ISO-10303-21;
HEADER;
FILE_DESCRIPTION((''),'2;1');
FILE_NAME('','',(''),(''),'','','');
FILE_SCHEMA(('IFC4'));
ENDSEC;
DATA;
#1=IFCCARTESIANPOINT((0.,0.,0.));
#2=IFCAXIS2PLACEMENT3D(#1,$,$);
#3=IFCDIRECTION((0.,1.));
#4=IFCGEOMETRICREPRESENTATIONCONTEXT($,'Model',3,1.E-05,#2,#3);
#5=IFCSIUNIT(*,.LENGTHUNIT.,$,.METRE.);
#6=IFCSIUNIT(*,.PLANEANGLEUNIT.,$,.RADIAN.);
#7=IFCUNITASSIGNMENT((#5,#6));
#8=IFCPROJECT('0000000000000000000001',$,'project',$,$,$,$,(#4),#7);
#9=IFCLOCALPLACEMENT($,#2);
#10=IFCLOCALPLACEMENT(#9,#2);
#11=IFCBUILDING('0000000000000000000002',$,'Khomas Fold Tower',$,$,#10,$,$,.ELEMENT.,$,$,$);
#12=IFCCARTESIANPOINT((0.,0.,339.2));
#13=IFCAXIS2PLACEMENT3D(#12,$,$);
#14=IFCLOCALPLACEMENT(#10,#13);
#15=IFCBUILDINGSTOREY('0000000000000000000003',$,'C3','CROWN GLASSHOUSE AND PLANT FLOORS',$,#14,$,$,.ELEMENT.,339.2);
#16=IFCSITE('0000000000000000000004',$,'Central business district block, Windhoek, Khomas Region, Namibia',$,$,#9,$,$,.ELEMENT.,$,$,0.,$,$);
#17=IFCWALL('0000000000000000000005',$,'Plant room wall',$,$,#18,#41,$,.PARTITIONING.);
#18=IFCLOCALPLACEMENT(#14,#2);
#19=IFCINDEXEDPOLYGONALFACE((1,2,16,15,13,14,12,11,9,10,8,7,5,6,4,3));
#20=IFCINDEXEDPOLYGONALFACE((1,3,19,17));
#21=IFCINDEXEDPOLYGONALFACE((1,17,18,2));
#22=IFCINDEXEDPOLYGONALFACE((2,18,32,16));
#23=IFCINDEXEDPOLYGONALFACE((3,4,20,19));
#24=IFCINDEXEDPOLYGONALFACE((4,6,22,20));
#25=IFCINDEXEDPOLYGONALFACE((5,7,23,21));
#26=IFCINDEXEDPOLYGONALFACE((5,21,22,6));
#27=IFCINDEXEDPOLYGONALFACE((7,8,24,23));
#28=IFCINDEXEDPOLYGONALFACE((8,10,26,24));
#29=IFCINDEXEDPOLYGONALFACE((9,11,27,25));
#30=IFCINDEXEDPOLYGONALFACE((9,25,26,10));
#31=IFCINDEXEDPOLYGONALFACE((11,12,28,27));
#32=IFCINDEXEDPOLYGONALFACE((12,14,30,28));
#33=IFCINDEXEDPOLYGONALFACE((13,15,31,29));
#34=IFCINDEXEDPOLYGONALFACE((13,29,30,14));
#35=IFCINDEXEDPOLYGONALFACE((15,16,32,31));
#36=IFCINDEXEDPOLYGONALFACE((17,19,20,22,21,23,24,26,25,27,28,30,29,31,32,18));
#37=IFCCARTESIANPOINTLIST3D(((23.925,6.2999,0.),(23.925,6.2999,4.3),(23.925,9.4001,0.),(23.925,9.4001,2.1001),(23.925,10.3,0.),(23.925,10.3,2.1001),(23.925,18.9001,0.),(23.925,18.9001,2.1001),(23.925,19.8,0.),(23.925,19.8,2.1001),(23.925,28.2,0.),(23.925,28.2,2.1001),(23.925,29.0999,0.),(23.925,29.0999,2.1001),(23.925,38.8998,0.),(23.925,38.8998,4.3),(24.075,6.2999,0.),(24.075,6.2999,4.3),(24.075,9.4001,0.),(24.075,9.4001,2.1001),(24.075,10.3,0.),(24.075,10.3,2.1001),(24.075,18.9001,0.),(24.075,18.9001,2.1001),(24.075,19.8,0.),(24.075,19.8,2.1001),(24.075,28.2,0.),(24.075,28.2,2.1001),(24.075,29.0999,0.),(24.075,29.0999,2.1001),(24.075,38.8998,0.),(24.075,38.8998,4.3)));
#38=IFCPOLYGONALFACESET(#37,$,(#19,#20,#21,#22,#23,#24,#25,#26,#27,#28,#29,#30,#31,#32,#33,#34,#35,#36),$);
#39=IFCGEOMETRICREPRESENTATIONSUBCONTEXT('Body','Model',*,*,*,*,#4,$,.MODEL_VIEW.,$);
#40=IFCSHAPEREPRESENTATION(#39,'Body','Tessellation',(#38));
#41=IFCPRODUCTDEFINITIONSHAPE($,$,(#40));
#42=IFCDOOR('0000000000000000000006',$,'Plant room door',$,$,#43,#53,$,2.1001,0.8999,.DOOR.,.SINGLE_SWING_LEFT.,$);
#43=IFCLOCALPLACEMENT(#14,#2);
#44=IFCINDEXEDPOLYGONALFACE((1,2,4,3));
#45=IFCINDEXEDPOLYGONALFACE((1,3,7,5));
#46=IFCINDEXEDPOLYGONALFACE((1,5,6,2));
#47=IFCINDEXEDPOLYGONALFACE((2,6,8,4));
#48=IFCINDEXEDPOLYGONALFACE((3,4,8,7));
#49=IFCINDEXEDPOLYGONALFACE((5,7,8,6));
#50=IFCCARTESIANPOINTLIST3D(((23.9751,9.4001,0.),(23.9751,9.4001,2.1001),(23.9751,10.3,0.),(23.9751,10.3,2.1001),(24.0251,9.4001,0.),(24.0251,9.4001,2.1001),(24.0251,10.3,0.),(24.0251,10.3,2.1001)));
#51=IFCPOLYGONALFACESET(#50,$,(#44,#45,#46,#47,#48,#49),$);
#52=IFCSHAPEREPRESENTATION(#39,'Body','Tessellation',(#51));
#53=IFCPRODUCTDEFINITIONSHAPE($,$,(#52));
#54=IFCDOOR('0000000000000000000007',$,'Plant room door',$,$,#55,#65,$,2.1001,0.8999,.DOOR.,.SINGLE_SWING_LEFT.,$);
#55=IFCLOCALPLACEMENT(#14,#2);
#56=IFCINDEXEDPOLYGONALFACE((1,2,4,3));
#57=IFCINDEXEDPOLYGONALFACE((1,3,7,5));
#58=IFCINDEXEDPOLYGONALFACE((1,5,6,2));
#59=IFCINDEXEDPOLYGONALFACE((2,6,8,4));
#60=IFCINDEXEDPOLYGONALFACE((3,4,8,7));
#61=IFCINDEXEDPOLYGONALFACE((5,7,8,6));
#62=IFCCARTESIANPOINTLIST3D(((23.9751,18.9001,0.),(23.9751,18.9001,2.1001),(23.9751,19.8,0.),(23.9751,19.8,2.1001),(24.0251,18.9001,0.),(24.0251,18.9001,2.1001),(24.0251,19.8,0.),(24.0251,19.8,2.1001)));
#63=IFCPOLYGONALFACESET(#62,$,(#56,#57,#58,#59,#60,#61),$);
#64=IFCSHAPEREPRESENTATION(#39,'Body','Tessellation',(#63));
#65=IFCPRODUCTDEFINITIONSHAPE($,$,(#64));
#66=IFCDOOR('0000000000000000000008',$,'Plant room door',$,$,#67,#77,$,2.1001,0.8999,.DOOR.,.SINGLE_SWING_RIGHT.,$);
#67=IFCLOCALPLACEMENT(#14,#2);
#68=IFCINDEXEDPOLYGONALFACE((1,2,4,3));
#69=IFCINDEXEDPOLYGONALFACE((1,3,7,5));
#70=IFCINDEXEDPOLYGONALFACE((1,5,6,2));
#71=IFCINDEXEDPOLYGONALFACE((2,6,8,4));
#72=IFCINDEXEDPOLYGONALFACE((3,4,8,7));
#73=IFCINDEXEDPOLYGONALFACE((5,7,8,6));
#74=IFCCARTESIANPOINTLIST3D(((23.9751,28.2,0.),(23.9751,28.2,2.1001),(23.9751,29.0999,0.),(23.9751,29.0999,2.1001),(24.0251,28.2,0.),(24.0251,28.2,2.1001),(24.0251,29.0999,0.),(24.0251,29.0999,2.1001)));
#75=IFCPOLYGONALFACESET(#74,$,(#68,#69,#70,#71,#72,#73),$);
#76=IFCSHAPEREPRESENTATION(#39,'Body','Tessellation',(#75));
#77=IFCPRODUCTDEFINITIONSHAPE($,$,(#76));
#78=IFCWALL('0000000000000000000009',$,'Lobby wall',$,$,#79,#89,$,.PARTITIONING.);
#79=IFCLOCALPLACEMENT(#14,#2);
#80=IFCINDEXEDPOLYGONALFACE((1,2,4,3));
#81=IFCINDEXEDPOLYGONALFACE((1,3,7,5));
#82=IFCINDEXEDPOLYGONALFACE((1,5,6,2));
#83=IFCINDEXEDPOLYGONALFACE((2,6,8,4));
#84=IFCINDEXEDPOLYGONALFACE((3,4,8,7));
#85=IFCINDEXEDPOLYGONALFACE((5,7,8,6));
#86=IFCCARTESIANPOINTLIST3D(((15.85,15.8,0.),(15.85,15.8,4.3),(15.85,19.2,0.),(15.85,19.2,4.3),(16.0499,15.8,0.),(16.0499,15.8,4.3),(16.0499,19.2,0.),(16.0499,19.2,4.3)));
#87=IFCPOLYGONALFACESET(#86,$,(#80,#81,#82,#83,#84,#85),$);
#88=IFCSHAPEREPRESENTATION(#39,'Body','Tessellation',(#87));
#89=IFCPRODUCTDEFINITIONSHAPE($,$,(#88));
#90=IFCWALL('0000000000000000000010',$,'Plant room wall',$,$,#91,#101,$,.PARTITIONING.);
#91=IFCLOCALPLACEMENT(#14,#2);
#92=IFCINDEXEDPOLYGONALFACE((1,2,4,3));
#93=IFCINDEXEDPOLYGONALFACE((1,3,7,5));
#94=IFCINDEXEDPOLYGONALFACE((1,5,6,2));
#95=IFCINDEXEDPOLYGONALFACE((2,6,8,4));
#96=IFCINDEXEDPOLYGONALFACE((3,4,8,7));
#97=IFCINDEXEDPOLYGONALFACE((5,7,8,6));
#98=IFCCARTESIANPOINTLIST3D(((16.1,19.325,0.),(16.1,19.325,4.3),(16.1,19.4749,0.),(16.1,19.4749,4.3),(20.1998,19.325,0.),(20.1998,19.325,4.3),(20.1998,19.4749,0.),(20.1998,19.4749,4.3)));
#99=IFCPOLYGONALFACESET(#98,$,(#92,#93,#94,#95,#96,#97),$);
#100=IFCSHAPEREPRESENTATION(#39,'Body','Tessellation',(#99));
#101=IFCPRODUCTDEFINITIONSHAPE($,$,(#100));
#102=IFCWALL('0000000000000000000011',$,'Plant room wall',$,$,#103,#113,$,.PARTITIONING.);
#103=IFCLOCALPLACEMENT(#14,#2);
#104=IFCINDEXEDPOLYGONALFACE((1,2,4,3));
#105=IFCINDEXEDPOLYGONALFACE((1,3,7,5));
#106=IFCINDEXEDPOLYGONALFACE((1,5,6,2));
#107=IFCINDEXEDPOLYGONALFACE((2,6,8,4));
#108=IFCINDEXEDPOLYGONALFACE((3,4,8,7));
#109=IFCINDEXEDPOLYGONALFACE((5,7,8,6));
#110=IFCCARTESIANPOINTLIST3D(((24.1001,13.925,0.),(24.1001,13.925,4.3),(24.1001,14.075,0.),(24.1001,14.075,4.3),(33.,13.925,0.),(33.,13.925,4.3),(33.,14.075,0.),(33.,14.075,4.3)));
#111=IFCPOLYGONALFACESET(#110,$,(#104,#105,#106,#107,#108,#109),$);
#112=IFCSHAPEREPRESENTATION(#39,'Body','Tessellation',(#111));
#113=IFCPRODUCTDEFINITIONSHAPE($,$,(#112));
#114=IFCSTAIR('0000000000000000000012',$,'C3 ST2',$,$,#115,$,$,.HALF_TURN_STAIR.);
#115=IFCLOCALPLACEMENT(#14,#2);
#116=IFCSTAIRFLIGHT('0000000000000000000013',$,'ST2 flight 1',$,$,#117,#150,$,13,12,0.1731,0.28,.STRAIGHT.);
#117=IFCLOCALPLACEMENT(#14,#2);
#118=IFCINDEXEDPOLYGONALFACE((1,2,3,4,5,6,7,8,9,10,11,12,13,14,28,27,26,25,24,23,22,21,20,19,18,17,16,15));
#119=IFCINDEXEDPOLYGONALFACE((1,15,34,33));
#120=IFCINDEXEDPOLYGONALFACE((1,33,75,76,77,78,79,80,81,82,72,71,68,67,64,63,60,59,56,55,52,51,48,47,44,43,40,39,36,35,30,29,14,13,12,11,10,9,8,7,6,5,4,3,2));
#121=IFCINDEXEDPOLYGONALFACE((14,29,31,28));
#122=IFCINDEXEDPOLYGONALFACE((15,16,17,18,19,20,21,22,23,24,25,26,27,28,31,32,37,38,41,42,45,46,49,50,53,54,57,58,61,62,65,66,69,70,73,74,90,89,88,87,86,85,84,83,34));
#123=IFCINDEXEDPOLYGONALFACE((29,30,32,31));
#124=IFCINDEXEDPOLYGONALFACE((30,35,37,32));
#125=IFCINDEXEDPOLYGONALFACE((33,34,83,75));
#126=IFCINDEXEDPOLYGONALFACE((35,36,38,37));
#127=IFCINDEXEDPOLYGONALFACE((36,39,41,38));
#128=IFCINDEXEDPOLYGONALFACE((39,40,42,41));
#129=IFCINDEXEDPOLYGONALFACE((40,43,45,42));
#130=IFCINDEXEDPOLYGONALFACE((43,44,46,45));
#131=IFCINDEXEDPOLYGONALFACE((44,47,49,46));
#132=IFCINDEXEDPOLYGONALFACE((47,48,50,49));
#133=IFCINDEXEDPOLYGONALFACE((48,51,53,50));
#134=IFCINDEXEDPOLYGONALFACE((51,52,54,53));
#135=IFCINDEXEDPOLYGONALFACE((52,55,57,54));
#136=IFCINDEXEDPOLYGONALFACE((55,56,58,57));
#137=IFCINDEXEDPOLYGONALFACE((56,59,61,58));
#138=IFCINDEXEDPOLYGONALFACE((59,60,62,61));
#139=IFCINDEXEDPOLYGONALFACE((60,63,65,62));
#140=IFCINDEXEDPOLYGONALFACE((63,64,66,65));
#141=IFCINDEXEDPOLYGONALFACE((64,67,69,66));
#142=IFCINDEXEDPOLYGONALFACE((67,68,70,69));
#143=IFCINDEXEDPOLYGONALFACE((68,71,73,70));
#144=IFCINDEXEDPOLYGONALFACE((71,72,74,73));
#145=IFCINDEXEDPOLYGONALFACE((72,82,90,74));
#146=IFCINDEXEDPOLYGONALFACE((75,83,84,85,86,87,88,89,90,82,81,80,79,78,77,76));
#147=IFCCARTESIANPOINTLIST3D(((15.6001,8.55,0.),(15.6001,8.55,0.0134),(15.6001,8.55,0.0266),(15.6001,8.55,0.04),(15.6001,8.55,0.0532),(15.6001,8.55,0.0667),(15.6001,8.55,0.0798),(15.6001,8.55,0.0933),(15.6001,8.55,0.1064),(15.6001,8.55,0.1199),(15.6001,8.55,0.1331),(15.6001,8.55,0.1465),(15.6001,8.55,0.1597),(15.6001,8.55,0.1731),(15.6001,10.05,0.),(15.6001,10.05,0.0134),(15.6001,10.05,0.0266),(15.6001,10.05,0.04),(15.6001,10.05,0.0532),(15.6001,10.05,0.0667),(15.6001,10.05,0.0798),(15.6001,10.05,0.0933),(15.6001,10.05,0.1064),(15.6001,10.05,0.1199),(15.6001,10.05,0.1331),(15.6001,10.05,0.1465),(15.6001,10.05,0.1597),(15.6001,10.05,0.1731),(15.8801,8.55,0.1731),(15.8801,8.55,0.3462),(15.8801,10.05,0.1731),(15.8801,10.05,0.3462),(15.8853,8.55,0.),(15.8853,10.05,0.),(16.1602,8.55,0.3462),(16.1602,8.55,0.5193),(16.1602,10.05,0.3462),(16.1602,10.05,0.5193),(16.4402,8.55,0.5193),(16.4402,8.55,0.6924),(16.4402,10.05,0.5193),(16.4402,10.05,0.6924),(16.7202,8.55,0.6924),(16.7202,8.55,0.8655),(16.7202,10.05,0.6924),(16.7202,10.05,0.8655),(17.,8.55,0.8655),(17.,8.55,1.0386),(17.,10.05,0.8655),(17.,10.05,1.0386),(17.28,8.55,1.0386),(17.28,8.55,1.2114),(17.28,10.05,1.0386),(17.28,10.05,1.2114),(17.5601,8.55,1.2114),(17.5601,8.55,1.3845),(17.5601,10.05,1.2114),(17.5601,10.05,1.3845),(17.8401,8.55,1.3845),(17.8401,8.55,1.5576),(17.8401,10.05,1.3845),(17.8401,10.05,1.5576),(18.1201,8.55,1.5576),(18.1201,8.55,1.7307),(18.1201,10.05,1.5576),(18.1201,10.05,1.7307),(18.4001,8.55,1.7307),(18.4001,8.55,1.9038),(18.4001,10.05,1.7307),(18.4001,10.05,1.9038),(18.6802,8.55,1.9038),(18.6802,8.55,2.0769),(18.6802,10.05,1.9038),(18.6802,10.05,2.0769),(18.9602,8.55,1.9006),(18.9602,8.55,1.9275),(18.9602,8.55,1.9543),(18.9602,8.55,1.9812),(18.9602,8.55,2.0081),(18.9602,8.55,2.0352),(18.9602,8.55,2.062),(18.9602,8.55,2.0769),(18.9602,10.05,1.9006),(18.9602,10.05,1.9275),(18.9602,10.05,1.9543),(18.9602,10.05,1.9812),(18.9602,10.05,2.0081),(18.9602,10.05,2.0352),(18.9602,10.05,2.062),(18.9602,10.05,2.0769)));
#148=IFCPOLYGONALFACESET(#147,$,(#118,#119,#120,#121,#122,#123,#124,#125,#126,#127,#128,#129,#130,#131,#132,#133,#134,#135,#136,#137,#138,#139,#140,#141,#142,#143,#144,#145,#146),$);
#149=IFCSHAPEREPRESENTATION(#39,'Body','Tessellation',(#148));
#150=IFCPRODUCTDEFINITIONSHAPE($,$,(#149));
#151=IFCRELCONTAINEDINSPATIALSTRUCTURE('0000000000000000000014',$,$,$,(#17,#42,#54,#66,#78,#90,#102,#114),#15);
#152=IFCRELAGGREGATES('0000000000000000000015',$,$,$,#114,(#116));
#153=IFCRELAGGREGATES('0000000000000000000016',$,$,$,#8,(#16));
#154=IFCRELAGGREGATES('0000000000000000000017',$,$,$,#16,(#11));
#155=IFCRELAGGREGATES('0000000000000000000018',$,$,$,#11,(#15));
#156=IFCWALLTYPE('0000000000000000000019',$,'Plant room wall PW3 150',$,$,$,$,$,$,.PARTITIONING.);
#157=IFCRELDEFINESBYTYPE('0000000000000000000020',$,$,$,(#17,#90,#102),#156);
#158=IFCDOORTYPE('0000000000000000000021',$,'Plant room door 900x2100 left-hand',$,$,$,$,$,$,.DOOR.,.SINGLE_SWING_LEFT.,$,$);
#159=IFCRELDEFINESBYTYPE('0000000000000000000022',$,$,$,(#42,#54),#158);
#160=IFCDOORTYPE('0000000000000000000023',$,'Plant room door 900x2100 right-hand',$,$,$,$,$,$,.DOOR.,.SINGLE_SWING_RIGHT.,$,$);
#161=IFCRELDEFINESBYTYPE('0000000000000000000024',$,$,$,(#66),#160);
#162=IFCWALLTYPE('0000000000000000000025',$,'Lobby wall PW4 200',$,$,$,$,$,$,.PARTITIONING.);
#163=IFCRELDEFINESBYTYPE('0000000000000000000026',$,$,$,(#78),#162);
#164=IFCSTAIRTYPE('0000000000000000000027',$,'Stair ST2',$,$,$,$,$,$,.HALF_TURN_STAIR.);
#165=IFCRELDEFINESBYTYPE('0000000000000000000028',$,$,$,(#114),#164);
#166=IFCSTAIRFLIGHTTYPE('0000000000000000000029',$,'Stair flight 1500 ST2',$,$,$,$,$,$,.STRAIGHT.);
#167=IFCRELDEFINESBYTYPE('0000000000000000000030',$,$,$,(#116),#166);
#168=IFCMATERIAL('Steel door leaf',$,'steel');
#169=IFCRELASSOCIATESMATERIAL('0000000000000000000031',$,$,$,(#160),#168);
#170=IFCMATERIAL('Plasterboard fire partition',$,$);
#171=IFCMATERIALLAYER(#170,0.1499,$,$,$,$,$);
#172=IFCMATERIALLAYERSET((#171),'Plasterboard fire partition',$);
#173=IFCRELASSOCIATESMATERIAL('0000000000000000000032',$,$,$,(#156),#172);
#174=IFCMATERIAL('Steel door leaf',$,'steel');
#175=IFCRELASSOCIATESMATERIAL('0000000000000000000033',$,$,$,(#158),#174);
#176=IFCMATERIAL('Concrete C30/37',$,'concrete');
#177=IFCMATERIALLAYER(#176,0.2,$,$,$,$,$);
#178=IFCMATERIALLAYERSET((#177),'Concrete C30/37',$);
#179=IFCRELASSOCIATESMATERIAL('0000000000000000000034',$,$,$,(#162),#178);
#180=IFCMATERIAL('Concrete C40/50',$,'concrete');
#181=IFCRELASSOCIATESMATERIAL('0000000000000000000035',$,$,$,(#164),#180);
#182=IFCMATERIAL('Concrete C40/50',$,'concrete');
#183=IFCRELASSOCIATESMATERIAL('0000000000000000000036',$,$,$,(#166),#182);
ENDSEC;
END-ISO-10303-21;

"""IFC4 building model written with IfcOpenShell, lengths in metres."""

from ifc_helpers import new_model, si_unit, direction, frame, frame_2d, origin, place, context, subcontext, project, spatial, polyline, rectangle, outline, extrude, source, transform, mapped, material, layer, layer_set, type_object, element, fill, aggregate, save


model = new_model("IFC4")

# Units and contexts
model_context = context("Model", 3, precision=1e-05, world=origin(), true_north=direction((0.0, 1.0)))
body_context = subcontext(model_context, "Body", "Model", "MODEL_VIEW")
ifc_project = project(units=[si_unit("LENGTHUNIT", "METRE"), si_unit("PLANEANGLEUNIT", "RADIAN")], contexts=[model_context])

# Site, building, storey
site_placement = place(None, origin())
site = spatial("IfcSite", under=ifc_project, at=site_placement, Name="Central business district block, Windhoek, Khomas Region, Namibia", CompositionType="ELEMENT", RefElevation=0.0)
building_placement = place(site_placement, origin())
building = spatial("IfcBuilding", under=site, at=building_placement, Name="Khomas Fold Tower", CompositionType="ELEMENT")
storey_placement = place(building_placement, frame((0.0, 0.0, 339.2)))
storey = spatial("IfcBuildingStorey", under=building, at=storey_placement, Name="C3", Description="CROWN GLASSHOUSE AND PLANT FLOORS", CompositionType="ELEMENT", Elevation=339.2)

# Shared definitions
ifc_material_1 = material(Name="Steel door leaf", Category="steel")
door_type_1 = type_object("IfcDoorType", Name="Plant room door 900x2100 right-hand", OperationType="SINGLE_SWING_RIGHT", PredefinedType="DOOR", material=ifc_material_1)

# Wall, openings, doors
ifc_material_2 = material(Name="Plasterboard fire partition")
ifc_layer_1 = layer(ifc_material_2, 0.1499)
ifc_layer_set_1 = layer_set([ifc_layer_1], Name="Plasterboard fire partition")
wall_type_1 = type_object("IfcWallType", Name="Plant room wall PW3 150", PredefinedType="PARTITIONING", material=ifc_layer_set_1)
shared_shape_1 = source(origin(), body_context, "Body", "SweptSolid", [
    extrude(rectangle(XDim=32.5999, YDim=0.1499, at=frame_2d((16.2998, 0.0))), origin(), (0.0, 0.0, 1.0), 4.3),
])
wall_1_placement = place(storey_placement, frame((24.0, 6.3, 0.0), z_axis=(0.0, 0.0, 1.0), x_axis=(0.0, 1.0, 0.0)))
wall_1 = element("IfcWall", 1, at=wall_1_placement, inside=storey, type_object=wall_type_1, Name="Plant room wall", PredefinedType="PARTITIONING", context=body_context, shape_type="MappedRepresentation", body=[
    mapped(shared_shape_1, transform((0.0, 0.0, 0.0))),
])
shared_shape_2 = source(origin(), body_context, "Body", "SweptSolid", [
    extrude(rectangle(XDim=0.8999, YDim=2.1001, at=frame_2d((0.45, 1.05))), frame((0.0, 0.085, 0.0), z_axis=(0.0, -1.0, 0.0), x_axis=(1.0, 0.0, 0.0)), (0.0, 0.0, 1.0), 0.1699),
])
opening_1_placement = place(wall_1_placement, frame((3.1001, 0.0, 0.0)))
opening_1 = element("IfcOpeningElement", 2, at=opening_1_placement, cuts=wall_1, PredefinedType="OPENING", context=body_context, shape_type="MappedRepresentation", body=[
    mapped(shared_shape_2, transform((0.0, 0.0, 0.0))),
])
opening_2_placement = place(wall_1_placement, frame((12.6001, 0.0, 0.0)))
opening_2 = element("IfcOpeningElement", 3, at=opening_2_placement, cuts=wall_1, PredefinedType="OPENING", context=body_context, shape_type="MappedRepresentation", body=[
    mapped(shared_shape_2, transform((0.0, 0.0, 0.0))),
])
opening_3_placement = place(wall_1_placement, frame((21.8999, 0.0, 0.0)))
opening_3 = element("IfcOpeningElement", 4, at=opening_3_placement, cuts=wall_1, PredefinedType="OPENING", context=body_context, shape_type="MappedRepresentation", body=[
    mapped(shared_shape_2, transform((0.0, 0.0, 0.0))),
])
ifc_material_3 = material(Name="Steel door leaf", Category="steel")
door_type_2 = type_object("IfcDoorType", Name="Plant room door 900x2100 left-hand", OperationType="SINGLE_SWING_LEFT", PredefinedType="DOOR", material=ifc_material_3)
shared_shape_3 = source(origin(), body_context, "Body", "SweptSolid", [
    extrude(rectangle(XDim=0.8999, YDim=2.1001, at=frame_2d((0.45, 1.05))), frame((0.0, 0.0249, 0.0), z_axis=(0.0, -1.0, 0.0), x_axis=(1.0, 0.0, 0.0)), (0.0, 0.0, 1.0), 0.05),
])
door_1_placement = place(opening_1_placement, origin())
door_1 = element("IfcDoor", 5, at=door_1_placement, inside=storey, type_object=door_type_2, Name="Plant room door", OperationType="SINGLE_SWING_LEFT", OverallHeight=2.1001, OverallWidth=0.8999, PredefinedType="DOOR", context=body_context, shape_type="MappedRepresentation", body=[
    mapped(shared_shape_3, transform((0.0, 0.0, 0.0))),
])
fill(opening_1, door_1)
door_2_placement = place(opening_2_placement, origin())
door_2 = element("IfcDoor", 6, at=door_2_placement, inside=storey, type_object=door_type_2, Name="Plant room door", OperationType="SINGLE_SWING_LEFT", OverallHeight=2.1001, OverallWidth=0.8999, PredefinedType="DOOR", context=body_context, shape_type="MappedRepresentation", body=[
    mapped(shared_shape_3, transform((0.0, 0.0, 0.0))),
])
fill(opening_2, door_2)
door_3_placement = place(opening_3_placement, origin())
door_3 = element("IfcDoor", 7, at=door_3_placement, inside=storey, type_object=door_type_1, Name="Plant room door", OperationType="SINGLE_SWING_RIGHT", OverallHeight=2.1001, OverallWidth=0.8999, PredefinedType="DOOR", context=body_context, shape_type="MappedRepresentation", body=[
    mapped(shared_shape_3, transform((0.0, 0.0, 0.0))),
])
fill(opening_3, door_3)

# Walls
ifc_material_4 = material(Name="Concrete C30/37", Category="concrete")
ifc_layer_2 = layer(ifc_material_4, 0.2)
ifc_layer_set_2 = layer_set([ifc_layer_2], Name="Concrete C30/37")
wall_type_2 = type_object("IfcWallType", Name="Lobby wall PW4 200", PredefinedType="PARTITIONING", material=ifc_layer_set_2)
shared_shape_4 = source(origin(), body_context, "Body", "SweptSolid", [
    extrude(rectangle(XDim=3.3999, YDim=0.2, at=frame_2d((1.7, 0.0))), origin(), (0.0, 0.0, 1.0), 4.3),
])
wall_2_placement = place(storey_placement, frame((15.95, 15.8, 0.0), z_axis=(0.0, 0.0, 1.0), x_axis=(0.0, 1.0, 0.0)))
element("IfcWall", 8, at=wall_2_placement, inside=storey, type_object=wall_type_2, Name="Lobby wall", PredefinedType="PARTITIONING", context=body_context, shape_type="MappedRepresentation", body=[
    mapped(shared_shape_4, transform((0.0, 0.0, 0.0))),
])
shared_shape_5 = source(origin(), body_context, "Body", "SweptSolid", [
    extrude(rectangle(XDim=4.0999, YDim=0.1499, at=frame_2d((2.0498, 0.0))), origin(), (0.0, 0.0, 1.0), 4.3),
])
wall_3_placement = place(storey_placement, frame((16.1001, 19.3999, 0.0), z_axis=(0.0, 0.0, 1.0), x_axis=(1.0, 0.0, 0.0)))
element("IfcWall", 9, at=wall_3_placement, inside=storey, type_object=wall_type_1, Name="Plant room wall", PredefinedType="PARTITIONING", context=body_context, shape_type="MappedRepresentation", body=[
    mapped(shared_shape_5, transform((0.0, 0.0, 0.0))),
])
shared_shape_6 = source(origin(), body_context, "Body", "SweptSolid", [
    extrude(rectangle(XDim=8.8999, YDim=0.1499, at=frame_2d((4.45, 0.0))), origin(), (0.0, 0.0, 1.0), 4.3),
])
wall_4_placement = place(storey_placement, frame((24.1001, 14.0, 0.0), z_axis=(0.0, 0.0, 1.0), x_axis=(1.0, 0.0, 0.0)))
element("IfcWall", 10, at=wall_4_placement, inside=storey, type_object=wall_type_1, Name="Plant room wall", PredefinedType="PARTITIONING", context=body_context, shape_type="MappedRepresentation", body=[
    mapped(shared_shape_6, transform((0.0, 0.0, 0.0))),
])

# Stair, stair flight
ifc_material_5 = material(Name="Concrete C40/50", Category="concrete")
stair_type = type_object("IfcStairType", Name="Stair ST2", PredefinedType="HALF_TURN_STAIR", material=ifc_material_5)
stair_placement = place(storey_placement, origin())
stair = element("IfcStair", 11, at=stair_placement, inside=storey, type_object=stair_type, Name="C3 ST2", PredefinedType="HALF_TURN_STAIR")
ifc_material_6 = material(Name="Concrete C40/50", Category="concrete")
stair_flight_type = type_object("IfcStairFlightType", Name="Stair flight 1500 ST2", PredefinedType="STRAIGHT", material=ifc_material_6)
shared_shape_7 = source(origin(), body_context, "Body", "SweptSolid", [
    extrude(outline(polyline([(0.0, 0.0), (0.0, 0.0134), (0.0, 0.0266), (0.0, 0.04), (0.0, 0.0532), (0.0, 0.0667), (0.0, 0.0798), (0.0, 0.0933), (0.0, 0.1064), (0.0, 0.1199), (0.0, 0.1331), (0.0, 0.1465), (0.0, 0.1597), (0.0, 0.1731), (0.28, 0.1731), (0.28, 0.3462), (0.5601, 0.3462), (0.5601, 0.5193), (0.8401, 0.5193), (0.8401, 0.6924), (1.1201, 0.6924), (1.1201, 0.8655), (1.3999, 0.8655), (1.3999, 1.0386), (1.6799, 1.0386), (1.6799, 1.2114), (1.96, 1.2114), (1.96, 1.3845), (2.24, 1.3845), (2.24, 1.5576), (2.52, 1.5576), (2.52, 1.7307), (2.8, 1.7307), (2.8, 1.9038), (3.0801, 1.9038), (3.0801, 2.0769), (3.3601, 2.0769), (3.3601, 2.25), (3.3601, 2.2231), (3.3601, 2.1963), (3.3601, 2.1694), (3.3601, 2.1426), (3.3601, 2.1157), (3.3601, 2.0889), (3.3601, 2.062), (3.3601, 2.0352), (3.3601, 2.0081), (3.3601, 1.9812), (3.3601, 1.9543), (3.3601, 1.9275), (3.3601, 1.9006), (0.2852, 0.0), (0.0, 0.0)])), frame((0.0, 0.75, 0.0), z_axis=(0.0, -1.0, 0.0), x_axis=(1.0, 0.0, 0.0)), (0.0, 0.0, 1.0), 1.5),
])
stair_flight_1_placement = place(storey_placement, frame((15.6001, 9.3, 0.0), z_axis=(0.0, 0.0, 1.0), x_axis=(1.0, 0.0, 0.0)))
stair_flight_1 = element("IfcStairFlight", 12, at=stair_flight_1_placement, type_object=stair_flight_type, Name="ST2 flight 1", NumberOfRisers=13, NumberOfTreads=12, PredefinedType="STRAIGHT", RiserHeight=0.1731, TreadLength=0.28, context=body_context, shape_type="MappedRepresentation", body=[
    mapped(shared_shape_7, transform((0.0, 0.0, 0.0))),
])
aggregate(stair, [stair_flight_1])

save(model, "model.ifc")
